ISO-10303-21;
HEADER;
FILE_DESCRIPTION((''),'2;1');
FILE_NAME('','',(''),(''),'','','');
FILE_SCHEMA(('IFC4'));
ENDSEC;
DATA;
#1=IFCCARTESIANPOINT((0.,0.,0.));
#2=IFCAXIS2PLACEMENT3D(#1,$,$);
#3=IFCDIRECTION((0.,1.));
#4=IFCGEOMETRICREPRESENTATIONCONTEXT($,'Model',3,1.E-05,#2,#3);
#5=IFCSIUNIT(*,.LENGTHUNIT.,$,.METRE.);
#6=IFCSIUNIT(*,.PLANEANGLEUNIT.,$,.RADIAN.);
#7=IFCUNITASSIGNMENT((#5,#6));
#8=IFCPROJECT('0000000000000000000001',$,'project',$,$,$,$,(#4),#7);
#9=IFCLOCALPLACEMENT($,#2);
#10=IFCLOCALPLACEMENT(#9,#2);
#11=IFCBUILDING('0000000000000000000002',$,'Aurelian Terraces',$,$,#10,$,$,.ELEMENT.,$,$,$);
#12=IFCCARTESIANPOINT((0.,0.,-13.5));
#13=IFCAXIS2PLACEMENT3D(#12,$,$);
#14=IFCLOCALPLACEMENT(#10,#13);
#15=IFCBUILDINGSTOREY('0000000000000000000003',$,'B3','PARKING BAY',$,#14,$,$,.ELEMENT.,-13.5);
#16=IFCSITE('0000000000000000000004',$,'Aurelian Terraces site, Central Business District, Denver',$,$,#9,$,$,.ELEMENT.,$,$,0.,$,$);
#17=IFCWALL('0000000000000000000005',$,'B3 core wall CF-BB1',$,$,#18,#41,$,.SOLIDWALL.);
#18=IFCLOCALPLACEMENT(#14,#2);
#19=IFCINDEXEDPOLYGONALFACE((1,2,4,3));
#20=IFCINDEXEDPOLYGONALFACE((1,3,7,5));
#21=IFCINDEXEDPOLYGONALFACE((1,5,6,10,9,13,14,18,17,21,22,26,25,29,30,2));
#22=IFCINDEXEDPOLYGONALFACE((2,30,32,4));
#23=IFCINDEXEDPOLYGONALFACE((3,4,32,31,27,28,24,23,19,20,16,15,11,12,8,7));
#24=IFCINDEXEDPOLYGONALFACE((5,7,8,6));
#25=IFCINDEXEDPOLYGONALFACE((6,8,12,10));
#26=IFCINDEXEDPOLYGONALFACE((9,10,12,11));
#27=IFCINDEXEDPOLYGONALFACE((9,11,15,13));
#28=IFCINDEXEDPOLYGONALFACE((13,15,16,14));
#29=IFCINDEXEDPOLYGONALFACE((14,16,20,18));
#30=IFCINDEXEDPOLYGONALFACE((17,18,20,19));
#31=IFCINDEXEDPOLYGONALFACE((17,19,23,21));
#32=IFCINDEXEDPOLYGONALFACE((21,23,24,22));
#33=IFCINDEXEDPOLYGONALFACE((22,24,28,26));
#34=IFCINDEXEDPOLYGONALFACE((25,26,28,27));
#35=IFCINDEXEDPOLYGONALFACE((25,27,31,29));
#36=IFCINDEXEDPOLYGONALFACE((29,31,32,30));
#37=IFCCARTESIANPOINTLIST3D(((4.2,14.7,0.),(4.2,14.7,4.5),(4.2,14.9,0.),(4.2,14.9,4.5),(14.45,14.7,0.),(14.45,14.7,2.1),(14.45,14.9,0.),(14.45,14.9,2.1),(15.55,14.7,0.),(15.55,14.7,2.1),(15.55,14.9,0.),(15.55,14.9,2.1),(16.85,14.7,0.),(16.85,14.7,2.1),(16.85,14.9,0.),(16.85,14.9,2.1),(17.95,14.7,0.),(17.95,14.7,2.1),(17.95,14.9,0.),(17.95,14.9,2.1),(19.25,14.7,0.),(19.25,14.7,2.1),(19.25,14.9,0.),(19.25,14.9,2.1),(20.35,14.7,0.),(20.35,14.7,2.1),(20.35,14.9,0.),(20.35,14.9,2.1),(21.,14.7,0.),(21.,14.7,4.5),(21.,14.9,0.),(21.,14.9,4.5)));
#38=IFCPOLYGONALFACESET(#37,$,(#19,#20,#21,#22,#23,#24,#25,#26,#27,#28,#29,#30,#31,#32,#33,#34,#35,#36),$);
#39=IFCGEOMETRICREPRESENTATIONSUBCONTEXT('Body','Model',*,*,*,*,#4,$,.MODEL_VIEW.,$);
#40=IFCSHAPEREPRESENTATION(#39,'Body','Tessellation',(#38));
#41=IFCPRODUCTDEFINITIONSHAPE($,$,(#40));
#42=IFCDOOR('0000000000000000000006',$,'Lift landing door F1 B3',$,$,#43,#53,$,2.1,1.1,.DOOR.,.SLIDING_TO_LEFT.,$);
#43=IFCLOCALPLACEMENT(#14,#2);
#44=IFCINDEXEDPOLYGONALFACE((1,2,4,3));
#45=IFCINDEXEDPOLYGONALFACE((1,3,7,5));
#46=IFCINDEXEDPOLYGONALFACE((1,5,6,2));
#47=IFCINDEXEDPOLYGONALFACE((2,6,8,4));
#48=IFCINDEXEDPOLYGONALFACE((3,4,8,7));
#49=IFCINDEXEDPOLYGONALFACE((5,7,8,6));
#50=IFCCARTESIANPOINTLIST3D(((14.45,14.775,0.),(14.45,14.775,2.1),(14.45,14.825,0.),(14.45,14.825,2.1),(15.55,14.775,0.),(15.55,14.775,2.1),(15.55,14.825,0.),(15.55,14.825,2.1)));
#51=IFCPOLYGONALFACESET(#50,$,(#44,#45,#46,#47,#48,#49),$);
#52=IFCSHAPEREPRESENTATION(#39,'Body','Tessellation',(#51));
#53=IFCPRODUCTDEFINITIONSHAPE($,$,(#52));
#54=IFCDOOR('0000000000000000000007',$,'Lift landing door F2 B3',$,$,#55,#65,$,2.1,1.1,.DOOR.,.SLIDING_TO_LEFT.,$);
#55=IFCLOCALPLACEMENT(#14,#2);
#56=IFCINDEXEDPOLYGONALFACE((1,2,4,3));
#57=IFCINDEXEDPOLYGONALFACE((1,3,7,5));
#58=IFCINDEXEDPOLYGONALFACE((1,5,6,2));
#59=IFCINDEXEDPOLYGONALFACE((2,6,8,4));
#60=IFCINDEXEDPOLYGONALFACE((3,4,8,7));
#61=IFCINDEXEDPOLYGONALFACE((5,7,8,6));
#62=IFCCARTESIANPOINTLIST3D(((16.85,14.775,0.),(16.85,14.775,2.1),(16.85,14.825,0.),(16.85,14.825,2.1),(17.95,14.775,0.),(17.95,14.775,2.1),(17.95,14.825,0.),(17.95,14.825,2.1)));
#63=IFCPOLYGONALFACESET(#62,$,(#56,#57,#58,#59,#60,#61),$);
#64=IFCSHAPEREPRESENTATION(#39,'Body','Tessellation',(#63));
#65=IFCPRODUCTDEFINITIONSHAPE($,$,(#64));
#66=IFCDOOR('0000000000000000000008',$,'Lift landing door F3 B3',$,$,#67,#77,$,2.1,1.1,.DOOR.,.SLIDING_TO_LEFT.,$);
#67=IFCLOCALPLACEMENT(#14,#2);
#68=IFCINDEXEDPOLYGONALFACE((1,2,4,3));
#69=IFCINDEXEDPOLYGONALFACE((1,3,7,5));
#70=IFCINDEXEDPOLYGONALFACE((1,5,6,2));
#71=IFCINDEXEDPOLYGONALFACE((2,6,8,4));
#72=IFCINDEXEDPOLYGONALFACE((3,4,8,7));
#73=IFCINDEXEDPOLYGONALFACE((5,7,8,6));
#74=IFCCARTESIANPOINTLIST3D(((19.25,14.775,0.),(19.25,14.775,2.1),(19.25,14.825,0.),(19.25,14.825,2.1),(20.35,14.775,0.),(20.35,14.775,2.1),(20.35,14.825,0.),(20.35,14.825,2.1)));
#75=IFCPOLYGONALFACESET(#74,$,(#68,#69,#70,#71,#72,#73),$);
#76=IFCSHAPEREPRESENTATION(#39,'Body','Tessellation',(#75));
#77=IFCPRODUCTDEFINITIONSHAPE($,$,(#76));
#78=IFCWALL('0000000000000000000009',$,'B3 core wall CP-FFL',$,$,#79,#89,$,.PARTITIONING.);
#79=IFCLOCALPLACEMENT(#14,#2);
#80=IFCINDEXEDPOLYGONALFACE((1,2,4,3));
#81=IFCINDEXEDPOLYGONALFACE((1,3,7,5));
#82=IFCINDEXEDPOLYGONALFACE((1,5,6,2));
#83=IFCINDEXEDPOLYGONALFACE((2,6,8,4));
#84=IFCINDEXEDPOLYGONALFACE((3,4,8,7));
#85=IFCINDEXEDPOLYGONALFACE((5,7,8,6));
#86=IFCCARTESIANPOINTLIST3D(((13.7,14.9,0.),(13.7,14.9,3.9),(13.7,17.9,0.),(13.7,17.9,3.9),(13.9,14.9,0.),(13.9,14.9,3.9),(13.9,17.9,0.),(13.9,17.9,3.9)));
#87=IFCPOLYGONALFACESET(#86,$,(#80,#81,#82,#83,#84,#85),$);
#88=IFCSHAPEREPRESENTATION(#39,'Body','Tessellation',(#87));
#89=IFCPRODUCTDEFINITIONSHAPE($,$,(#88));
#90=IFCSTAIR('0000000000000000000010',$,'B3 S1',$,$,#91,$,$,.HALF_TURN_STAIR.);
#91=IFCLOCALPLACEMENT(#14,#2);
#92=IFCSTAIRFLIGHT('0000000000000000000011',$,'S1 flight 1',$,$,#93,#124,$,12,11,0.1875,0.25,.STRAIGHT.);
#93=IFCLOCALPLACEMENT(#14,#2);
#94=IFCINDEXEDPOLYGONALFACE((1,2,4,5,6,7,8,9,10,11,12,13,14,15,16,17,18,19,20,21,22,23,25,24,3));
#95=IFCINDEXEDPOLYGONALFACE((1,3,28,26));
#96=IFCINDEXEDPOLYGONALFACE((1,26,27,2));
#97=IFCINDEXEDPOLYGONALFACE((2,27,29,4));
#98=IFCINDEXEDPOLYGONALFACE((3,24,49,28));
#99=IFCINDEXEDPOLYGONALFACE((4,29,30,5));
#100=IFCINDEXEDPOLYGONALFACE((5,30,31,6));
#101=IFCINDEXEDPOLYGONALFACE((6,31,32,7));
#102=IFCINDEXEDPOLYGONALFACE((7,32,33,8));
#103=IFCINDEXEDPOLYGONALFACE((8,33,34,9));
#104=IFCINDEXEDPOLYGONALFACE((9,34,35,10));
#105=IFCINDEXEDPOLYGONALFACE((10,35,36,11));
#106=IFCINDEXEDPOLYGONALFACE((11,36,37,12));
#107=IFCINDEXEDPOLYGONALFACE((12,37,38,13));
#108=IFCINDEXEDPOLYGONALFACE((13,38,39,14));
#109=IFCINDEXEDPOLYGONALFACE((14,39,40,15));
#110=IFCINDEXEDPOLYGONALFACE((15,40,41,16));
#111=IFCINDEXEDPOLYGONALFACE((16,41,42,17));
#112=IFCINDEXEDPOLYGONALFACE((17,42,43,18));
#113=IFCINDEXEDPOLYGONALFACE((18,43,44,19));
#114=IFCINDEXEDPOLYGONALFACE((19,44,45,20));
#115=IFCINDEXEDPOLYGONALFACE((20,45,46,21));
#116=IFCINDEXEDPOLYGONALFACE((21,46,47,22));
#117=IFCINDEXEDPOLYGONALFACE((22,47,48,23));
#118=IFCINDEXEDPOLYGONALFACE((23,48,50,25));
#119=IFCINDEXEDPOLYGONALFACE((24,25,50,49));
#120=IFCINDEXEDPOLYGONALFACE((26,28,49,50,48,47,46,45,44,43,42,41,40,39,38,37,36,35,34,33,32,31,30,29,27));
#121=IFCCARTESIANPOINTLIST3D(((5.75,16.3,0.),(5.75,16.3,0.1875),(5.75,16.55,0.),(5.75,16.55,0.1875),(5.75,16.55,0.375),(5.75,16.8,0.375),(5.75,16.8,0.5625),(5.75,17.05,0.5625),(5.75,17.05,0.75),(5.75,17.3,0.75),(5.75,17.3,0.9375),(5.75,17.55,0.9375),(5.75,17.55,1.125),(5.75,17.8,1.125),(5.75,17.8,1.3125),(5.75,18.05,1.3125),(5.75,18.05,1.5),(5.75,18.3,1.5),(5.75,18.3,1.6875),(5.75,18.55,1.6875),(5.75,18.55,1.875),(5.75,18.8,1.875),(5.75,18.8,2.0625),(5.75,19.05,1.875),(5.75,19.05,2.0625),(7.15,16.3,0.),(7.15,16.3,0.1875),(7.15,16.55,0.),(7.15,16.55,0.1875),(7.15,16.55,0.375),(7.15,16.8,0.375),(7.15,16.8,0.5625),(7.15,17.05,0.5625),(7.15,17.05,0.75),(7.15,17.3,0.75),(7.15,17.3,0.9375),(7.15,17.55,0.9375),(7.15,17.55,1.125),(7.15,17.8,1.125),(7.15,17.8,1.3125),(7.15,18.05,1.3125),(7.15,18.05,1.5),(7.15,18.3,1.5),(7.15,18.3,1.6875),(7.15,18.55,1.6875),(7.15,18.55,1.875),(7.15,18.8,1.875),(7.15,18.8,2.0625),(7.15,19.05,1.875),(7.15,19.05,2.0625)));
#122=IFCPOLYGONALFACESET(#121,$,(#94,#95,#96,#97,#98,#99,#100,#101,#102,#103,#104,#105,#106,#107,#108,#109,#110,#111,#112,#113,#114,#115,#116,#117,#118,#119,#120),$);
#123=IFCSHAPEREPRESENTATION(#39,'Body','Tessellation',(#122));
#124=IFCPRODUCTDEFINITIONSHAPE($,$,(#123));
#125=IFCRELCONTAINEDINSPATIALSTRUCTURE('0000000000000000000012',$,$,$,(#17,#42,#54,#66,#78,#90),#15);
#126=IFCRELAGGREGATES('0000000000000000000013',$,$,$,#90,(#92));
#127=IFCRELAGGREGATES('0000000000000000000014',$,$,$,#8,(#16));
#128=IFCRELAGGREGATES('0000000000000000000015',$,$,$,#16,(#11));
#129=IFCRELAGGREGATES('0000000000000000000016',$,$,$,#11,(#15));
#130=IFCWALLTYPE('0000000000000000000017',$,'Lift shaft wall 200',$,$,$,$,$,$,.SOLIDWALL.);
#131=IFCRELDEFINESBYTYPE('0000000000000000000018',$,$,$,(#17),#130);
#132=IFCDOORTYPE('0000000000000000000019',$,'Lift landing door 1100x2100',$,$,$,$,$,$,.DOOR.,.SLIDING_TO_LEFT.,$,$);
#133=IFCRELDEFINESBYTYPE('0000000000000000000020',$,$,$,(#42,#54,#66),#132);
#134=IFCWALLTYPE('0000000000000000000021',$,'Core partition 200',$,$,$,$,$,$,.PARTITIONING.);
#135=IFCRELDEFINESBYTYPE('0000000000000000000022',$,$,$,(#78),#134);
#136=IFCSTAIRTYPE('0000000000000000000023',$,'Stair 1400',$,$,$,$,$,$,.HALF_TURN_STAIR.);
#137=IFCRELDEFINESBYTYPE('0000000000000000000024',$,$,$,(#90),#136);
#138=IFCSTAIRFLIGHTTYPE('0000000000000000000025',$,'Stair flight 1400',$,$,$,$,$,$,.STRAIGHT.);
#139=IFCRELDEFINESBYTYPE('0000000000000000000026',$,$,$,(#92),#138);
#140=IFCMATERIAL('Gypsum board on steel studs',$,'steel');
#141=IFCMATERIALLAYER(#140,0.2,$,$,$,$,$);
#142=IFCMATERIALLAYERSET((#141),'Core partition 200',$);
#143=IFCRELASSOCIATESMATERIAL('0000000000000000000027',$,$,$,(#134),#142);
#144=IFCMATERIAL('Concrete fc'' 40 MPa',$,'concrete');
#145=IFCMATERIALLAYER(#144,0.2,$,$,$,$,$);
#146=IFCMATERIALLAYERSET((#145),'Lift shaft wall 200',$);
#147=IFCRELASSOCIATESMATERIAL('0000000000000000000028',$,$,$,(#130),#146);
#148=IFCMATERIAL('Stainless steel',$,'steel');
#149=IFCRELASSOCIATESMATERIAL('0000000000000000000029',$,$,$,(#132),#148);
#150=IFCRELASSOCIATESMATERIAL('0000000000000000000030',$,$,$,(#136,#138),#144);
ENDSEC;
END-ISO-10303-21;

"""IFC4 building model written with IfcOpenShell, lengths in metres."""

from ifc_helpers import new_model, si_unit, direction, frame, frame_2d, origin, place, context, subcontext, project, spatial, polyline, rectangle, outline, extrude, source, transform, mapped, material, layer, layer_set, type_object, element, fill, aggregate, save


model = new_model("IFC4")

# Units and contexts
model_context = context("Model", 3, precision=1e-05, world=origin(), true_north=direction((0.0, 1.0)))
body_context = subcontext(model_context, "Body", "Model", "MODEL_VIEW")
ifc_project = project(units=[si_unit("LENGTHUNIT", "METRE"), si_unit("PLANEANGLEUNIT", "RADIAN")], contexts=[model_context])

# Site, building, storey
site_placement = place(None, origin())
site = spatial("IfcSite", under=ifc_project, at=site_placement, Name="Aurelian Terraces site, Central Business District, Denver", CompositionType="ELEMENT", RefElevation=0.0)
building_placement = place(site_placement, origin())
building = spatial("IfcBuilding", under=site, at=building_placement, Name="Aurelian Terraces", CompositionType="ELEMENT")
storey_placement = place(building_placement, frame((0.0, 0.0, -13.5)))
storey = spatial("IfcBuildingStorey", under=building, at=storey_placement, Name="B3", Description="PARKING BAY", CompositionType="ELEMENT", Elevation=-13.5)

# Shared definitions
ifc_material_1 = material(Name="Gypsum board on steel studs", Category="steel")
ifc_layer_1 = layer(ifc_material_1, 0.2)
ifc_layer_set_1 = layer_set([ifc_layer_1], Name="Core partition 200")
wall_type_1 = type_object("IfcWallType", Name="Core partition 200", PredefinedType="PARTITIONING", material=ifc_layer_set_1)

# Shared definitions
shared_shape_1 = source(origin(), body_context, "Body", "SweptSolid", [
    extrude(rectangle(XDim=1.1, YDim=2.1, at=frame_2d((0.55, 1.05))), frame((0.0, 0.11, 0.0), z_axis=(0.0, -1.0, 0.0), x_axis=(1.0, 0.0, 0.0)), (0.0, 0.0, 1.0), 0.22),
])
shared_shape_2 = source(origin(), body_context, "Body", "SweptSolid", [
    extrude(rectangle(XDim=1.1, YDim=2.1, at=frame_2d((0.55, 1.05))), frame((0.0, 0.025, 0.0), z_axis=(0.0, -1.0, 0.0), x_axis=(1.0, 0.0, 0.0)), (0.0, 0.0, 1.0), 0.05),
])

# Shared definitions
ifc_material_2 = material(Name="Concrete fc' 40 MPa", Category="concrete")

# Shared definitions
ifc_layer_2 = layer(ifc_material_2, 0.2)
ifc_layer_set_2 = layer_set([ifc_layer_2], Name="Lift shaft wall 200")
wall_type_2 = type_object("IfcWallType", Name="Lift shaft wall 200", PredefinedType="SOLIDWALL", material=ifc_layer_set_2)

# Wall, openings, doors
shared_shape_3 = source(origin(), body_context, "Body", "SweptSolid", [
    extrude(rectangle(XDim=16.8, YDim=0.2, at=frame_2d((8.4, 0.0))), origin(), (0.0, 0.0, 1.0), 4.5),
])
wall_1_placement = place(storey_placement, frame((4.2, 14.8, 0.0), z_axis=(0.0, 0.0, 1.0), x_axis=(1.0, 0.0, 0.0)))
wall_1 = element("IfcWall", 1, at=wall_1_placement, inside=storey, type_object=wall_type_2, Name="B3 core wall CF-BB1", PredefinedType="SOLIDWALL", context=body_context, shape_type="MappedRepresentation", body=[
    mapped(shared_shape_3, transform((0.0, 0.0, 0.0), scale=1.0)),
])
opening_1_placement = place(wall_1_placement, frame((10.25, 0.0, 0.0)))
opening_1 = element("IfcOpeningElement", 2, at=opening_1_placement, cuts=wall_1, PredefinedType="OPENING", context=body_context, shape_type="MappedRepresentation", body=[
    mapped(shared_shape_1, transform((0.0, 0.0, 0.0), scale=1.0)),
])
opening_2_placement = place(wall_1_placement, frame((12.65, 0.0, 0.0)))
opening_2 = element("IfcOpeningElement", 3, at=opening_2_placement, cuts=wall_1, PredefinedType="OPENING", context=body_context, shape_type="MappedRepresentation", body=[
    mapped(shared_shape_1, transform((0.0, 0.0, 0.0), scale=1.0)),
])
opening_3_placement = place(wall_1_placement, frame((15.05, 0.0, 0.0)))
opening_3 = element("IfcOpeningElement", 4, at=opening_3_placement, cuts=wall_1, PredefinedType="OPENING", context=body_context, shape_type="MappedRepresentation", body=[
    mapped(shared_shape_1, transform((0.0, 0.0, 0.0), scale=1.0)),
])
ifc_material_3 = material(Name="Stainless steel", Category="steel")
door_type_1 = type_object("IfcDoorType", Name="Lift landing door 1100x2100", OperationType="SLIDING_TO_LEFT", PredefinedType="DOOR", material=ifc_material_3)
door_1_placement = place(opening_1_placement, origin())
door_1 = element("IfcDoor", 5, at=door_1_placement, inside=storey, type_object=door_type_1, Name="Lift landing door F1 B3", OperationType="SLIDING_TO_LEFT", OverallHeight=2.1, OverallWidth=1.1, PredefinedType="DOOR", context=body_context, shape_type="MappedRepresentation", body=[
    mapped(shared_shape_2, transform((0.0, 0.0, 0.0), scale=1.0)),
])
fill(opening_1, door_1)
door_2_placement = place(opening_2_placement, origin())
door_2 = element("IfcDoor", 6, at=door_2_placement, inside=storey, type_object=door_type_1, Name="Lift landing door F2 B3", OperationType="SLIDING_TO_LEFT", OverallHeight=2.1, OverallWidth=1.1, PredefinedType="DOOR", context=body_context, shape_type="MappedRepresentation", body=[
    mapped(shared_shape_2, transform((0.0, 0.0, 0.0), scale=1.0)),
])
fill(opening_2, door_2)
door_3_placement = place(opening_3_placement, origin())
door_3 = element("IfcDoor", 7, at=door_3_placement, inside=storey, type_object=door_type_1, Name="Lift landing door F3 B3", OperationType="SLIDING_TO_LEFT", OverallHeight=2.1, OverallWidth=1.1, PredefinedType="DOOR", context=body_context, shape_type="MappedRepresentation", body=[
    mapped(shared_shape_2, transform((0.0, 0.0, 0.0), scale=1.0)),
])
fill(opening_3, door_3)

# Wall
shared_shape_4 = source(origin(), body_context, "Body", "SweptSolid", [
    extrude(rectangle(XDim=3.0, YDim=0.2, at=frame_2d((1.5, 0.0))), origin(), (0.0, 0.0, 1.0), 3.9),
])
wall_2_placement = place(storey_placement, frame((13.8, 14.9, 0.0), z_axis=(0.0, 0.0, 1.0), x_axis=(0.0, 1.0, 0.0)))
element("IfcWall", 8, at=wall_2_placement, inside=storey, type_object=wall_type_1, Name="B3 core wall CP-FFL", PredefinedType="PARTITIONING", context=body_context, shape_type="MappedRepresentation", body=[
    mapped(shared_shape_4, transform((0.0, 0.0, 0.0), scale=1.0)),
])

# Stair, stair flight
stair_type = type_object("IfcStairType", Name="Stair 1400", PredefinedType="HALF_TURN_STAIR", material=ifc_material_2)
stair_placement = place(storey_placement, origin())
stair = element("IfcStair", 9, at=stair_placement, inside=storey, type_object=stair_type, Name="B3 S1", PredefinedType="HALF_TURN_STAIR")
stair_flight_type = type_object("IfcStairFlightType", Name="Stair flight 1400", PredefinedType="STRAIGHT", material=ifc_material_2)
stair_flight_placement = place(storey_placement, frame((6.45, 16.3, 0.0), z_axis=(0.0, 0.0, 1.0), x_axis=(0.0, 1.0, 0.0)))
stair_flight = element("IfcStairFlight", 10, at=stair_flight_placement, type_object=stair_flight_type, Name="S1 flight 1", NumberOfRisers=12, NumberOfTreads=11, PredefinedType="STRAIGHT", RiserHeight=0.1875, TreadLength=0.25, context=body_context, shape_type="SweptSolid", body=[
    extrude(outline(polyline([(0.0, 0.0), (0.0, 0.1875), (0.25, 0.1875), (0.25, 0.375), (0.5, 0.375), (0.5, 0.5625), (0.75, 0.5625), (0.75, 0.75), (1.0, 0.75), (1.0, 0.9375), (1.25, 0.9375), (1.25, 1.125), (1.5, 1.125), (1.5, 1.3125), (1.75, 1.3125), (1.75, 1.5), (2.0, 1.5), (2.0, 1.6875), (2.25, 1.6875), (2.25, 1.875), (2.5, 1.875), (2.5, 2.0625), (2.75, 2.0625), (2.75, 2.25), (2.75, 1.875), (0.25, 0.0), (0.0, 0.0)])), frame((0.0, 0.7, 0.0), z_axis=(0.0, -1.0, 0.0), x_axis=(1.0, 0.0, 0.0)), (0.0, 0.0, 1.0), 1.4),
])
aggregate(stair, [stair_flight])

save(model, "model.ifc")
